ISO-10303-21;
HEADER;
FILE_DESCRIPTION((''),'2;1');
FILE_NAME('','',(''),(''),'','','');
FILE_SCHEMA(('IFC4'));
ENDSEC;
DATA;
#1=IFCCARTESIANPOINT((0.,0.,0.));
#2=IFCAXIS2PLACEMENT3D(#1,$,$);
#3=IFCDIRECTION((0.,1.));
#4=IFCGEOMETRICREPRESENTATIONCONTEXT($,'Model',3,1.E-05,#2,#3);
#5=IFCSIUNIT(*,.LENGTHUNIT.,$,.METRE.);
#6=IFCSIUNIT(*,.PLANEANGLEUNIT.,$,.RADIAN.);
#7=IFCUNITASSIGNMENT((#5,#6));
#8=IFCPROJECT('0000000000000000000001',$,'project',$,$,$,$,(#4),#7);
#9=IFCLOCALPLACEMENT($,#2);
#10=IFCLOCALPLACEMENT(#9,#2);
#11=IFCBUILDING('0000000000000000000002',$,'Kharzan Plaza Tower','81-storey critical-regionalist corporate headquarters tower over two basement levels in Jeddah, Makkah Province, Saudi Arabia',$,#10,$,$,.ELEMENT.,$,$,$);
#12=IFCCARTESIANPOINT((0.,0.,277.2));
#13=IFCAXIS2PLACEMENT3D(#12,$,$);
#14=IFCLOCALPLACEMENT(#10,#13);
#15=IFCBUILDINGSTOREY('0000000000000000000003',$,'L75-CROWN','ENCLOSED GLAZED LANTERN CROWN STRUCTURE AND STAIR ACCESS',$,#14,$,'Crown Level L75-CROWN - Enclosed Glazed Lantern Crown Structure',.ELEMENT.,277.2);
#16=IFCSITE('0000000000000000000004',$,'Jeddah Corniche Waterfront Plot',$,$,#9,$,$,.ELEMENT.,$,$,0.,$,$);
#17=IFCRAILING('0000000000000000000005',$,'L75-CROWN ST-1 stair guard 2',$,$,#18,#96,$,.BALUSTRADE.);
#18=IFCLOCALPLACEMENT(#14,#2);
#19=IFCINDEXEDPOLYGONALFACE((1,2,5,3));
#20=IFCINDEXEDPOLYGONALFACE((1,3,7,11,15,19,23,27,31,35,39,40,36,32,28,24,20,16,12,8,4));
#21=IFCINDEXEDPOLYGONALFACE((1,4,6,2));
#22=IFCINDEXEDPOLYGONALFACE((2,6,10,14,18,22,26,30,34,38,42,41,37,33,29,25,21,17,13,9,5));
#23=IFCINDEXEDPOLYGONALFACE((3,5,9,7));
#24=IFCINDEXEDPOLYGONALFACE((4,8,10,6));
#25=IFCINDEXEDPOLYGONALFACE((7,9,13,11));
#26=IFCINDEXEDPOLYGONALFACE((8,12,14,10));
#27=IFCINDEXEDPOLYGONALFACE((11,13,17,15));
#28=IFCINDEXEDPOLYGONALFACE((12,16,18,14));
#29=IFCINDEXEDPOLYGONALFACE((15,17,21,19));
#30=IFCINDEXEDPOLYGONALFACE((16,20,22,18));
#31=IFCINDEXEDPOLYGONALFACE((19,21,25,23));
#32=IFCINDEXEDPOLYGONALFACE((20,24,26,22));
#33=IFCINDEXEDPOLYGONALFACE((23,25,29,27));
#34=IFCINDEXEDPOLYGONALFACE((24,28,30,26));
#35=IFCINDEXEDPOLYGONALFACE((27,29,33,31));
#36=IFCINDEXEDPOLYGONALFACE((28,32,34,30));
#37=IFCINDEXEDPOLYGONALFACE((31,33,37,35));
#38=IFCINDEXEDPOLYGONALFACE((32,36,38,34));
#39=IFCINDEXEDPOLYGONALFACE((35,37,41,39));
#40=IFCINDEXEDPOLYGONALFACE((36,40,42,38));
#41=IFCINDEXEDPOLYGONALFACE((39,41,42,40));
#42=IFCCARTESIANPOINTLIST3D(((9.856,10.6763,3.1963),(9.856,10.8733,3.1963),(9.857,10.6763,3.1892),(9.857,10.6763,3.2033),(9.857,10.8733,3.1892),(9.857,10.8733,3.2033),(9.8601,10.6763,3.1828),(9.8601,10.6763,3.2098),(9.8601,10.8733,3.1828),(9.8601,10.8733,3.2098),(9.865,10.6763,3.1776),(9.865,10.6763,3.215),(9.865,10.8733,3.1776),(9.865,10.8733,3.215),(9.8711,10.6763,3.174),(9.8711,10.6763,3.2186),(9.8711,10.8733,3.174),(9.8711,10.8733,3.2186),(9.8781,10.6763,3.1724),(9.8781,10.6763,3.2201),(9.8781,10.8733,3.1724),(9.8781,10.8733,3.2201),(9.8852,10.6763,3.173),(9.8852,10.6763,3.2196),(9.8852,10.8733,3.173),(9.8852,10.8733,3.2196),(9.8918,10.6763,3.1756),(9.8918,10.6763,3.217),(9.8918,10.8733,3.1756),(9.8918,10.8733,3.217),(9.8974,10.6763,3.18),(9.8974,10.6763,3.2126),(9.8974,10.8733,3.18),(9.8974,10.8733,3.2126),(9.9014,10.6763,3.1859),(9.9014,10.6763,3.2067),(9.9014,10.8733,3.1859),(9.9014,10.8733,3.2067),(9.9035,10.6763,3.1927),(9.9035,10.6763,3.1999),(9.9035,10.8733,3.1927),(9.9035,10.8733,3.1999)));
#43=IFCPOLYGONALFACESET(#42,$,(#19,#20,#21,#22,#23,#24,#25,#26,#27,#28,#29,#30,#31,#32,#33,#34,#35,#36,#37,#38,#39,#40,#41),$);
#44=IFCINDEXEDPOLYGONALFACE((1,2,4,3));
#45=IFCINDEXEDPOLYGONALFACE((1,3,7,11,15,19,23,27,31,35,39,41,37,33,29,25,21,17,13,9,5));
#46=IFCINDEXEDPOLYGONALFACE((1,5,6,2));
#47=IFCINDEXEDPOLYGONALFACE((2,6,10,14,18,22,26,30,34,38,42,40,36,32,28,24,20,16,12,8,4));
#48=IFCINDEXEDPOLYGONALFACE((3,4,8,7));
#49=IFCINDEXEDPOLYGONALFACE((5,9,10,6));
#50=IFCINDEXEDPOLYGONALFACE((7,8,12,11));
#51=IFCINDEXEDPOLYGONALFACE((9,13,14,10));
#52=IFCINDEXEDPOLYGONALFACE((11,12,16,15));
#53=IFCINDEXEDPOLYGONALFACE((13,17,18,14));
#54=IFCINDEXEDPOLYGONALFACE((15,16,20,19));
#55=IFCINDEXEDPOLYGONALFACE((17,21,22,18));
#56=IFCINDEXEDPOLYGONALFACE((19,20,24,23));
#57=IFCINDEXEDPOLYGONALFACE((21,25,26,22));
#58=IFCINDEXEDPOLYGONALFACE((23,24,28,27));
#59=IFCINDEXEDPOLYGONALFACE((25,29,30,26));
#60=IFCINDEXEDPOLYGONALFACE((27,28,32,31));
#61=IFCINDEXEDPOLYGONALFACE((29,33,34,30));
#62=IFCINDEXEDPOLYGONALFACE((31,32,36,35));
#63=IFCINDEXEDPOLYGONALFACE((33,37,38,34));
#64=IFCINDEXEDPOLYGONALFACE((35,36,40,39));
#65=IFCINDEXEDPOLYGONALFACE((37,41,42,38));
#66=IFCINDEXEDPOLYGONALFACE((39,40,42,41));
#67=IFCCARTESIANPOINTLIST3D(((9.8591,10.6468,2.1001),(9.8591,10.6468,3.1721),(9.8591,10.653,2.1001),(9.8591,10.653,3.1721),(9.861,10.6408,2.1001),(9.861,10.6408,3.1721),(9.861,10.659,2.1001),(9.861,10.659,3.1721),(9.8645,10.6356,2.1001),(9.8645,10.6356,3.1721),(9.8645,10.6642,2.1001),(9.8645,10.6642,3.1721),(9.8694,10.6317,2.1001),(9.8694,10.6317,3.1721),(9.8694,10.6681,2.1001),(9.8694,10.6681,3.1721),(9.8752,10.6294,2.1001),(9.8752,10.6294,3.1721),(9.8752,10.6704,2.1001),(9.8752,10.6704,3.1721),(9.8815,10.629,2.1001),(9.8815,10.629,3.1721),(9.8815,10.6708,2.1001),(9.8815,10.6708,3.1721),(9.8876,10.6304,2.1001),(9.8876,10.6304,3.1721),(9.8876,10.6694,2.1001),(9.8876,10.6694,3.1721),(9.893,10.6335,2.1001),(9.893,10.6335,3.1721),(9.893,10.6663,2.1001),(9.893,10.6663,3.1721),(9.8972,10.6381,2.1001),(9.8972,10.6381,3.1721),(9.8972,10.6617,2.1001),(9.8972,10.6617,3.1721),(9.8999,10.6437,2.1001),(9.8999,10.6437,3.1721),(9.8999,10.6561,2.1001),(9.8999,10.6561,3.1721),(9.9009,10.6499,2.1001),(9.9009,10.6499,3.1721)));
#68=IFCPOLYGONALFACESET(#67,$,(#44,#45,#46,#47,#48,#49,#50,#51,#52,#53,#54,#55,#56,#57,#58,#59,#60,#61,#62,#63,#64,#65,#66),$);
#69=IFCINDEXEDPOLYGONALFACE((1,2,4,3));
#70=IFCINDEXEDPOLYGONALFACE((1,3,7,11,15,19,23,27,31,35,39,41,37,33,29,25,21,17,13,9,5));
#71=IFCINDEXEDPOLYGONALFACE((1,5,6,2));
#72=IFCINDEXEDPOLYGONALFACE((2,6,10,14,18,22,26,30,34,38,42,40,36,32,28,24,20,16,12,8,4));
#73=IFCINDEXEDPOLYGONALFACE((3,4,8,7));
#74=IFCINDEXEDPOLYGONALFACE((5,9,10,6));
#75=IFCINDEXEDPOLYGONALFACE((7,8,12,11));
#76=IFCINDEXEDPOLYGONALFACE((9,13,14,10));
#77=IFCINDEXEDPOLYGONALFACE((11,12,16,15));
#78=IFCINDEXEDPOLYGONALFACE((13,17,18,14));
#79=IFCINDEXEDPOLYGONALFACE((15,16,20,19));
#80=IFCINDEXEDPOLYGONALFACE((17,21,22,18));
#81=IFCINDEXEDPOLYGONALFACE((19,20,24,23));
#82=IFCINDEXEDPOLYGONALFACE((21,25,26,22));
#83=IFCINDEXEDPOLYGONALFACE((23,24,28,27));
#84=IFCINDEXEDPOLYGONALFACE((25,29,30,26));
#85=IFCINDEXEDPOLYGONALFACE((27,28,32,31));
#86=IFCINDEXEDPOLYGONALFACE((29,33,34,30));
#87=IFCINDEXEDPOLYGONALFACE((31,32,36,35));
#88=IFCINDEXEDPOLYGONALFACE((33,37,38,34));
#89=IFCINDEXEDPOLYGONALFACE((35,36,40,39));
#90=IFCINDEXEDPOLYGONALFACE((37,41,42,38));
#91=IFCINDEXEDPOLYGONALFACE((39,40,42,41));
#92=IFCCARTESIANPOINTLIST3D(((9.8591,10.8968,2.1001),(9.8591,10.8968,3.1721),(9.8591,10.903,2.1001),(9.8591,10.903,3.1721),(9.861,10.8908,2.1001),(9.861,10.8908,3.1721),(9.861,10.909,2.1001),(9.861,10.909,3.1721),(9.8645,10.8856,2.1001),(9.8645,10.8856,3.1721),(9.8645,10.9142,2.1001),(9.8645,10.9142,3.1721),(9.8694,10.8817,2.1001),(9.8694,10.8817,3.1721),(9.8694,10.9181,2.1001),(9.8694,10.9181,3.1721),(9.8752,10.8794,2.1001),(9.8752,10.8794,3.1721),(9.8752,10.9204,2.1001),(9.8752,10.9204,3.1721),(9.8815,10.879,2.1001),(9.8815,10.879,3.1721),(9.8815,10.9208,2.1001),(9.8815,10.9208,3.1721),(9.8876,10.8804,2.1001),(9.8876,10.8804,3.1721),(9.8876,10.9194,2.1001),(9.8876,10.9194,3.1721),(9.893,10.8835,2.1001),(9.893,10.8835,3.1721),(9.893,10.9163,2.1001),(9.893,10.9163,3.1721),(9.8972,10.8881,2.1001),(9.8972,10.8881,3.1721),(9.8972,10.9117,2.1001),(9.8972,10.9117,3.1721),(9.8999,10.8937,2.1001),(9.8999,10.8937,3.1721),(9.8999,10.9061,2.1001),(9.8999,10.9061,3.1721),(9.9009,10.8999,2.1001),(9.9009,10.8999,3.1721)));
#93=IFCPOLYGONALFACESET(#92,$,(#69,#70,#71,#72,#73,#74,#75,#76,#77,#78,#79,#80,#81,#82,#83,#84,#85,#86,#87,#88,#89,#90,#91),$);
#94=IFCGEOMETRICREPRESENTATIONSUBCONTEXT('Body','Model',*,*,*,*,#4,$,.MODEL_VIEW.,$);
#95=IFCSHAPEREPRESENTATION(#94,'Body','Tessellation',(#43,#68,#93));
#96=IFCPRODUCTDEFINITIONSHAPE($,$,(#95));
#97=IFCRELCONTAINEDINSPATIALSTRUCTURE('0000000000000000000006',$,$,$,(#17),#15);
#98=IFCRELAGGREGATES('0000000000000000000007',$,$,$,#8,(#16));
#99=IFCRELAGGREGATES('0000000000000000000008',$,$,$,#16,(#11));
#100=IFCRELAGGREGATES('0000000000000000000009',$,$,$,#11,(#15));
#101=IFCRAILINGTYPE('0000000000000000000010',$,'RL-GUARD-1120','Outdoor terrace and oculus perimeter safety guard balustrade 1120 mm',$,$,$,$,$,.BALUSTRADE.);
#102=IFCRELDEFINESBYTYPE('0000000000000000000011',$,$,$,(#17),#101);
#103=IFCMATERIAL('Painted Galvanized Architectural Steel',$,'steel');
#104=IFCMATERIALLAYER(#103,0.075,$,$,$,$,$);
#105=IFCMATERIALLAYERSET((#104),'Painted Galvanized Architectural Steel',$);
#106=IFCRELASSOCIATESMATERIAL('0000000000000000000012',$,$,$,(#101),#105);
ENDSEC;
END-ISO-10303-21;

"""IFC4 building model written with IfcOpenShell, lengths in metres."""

from ifc_helpers import new_model, si_unit, direction, frame, origin, origin_2d, place, context, subcontext, project, spatial, circle, extrude, source, transform, mapped, material, layer, layer_set, type_object, element, save


model = new_model("IFC4")

# Units and contexts
model_context = context("Model", 3, precision=1e-05, world=origin(), true_north=direction((0.0, 1.0)))
body_context = subcontext(model_context, "Body", "Model", "MODEL_VIEW")
ifc_project = project(units=[si_unit("LENGTHUNIT", "METRE"), si_unit("PLANEANGLEUNIT", "RADIAN")], contexts=[model_context])

# Site, building, storey
site_placement = place(None, origin())
site = spatial("IfcSite", under=ifc_project, at=site_placement, Name="Jeddah Corniche Waterfront Plot", CompositionType="ELEMENT", RefElevation=0.0)
building_placement = place(site_placement, origin())
building = spatial("IfcBuilding", under=site, at=building_placement, Name="Kharzan Plaza Tower", Description="81-storey critical-regionalist corporate headquarters tower over two basement levels in Jeddah, Makkah Province, Saudi Arabia", CompositionType="ELEMENT")
storey_placement = place(building_placement, frame((0.0, 0.0, 277.2)))
storey = spatial("IfcBuildingStorey", under=building, at=storey_placement, Name="L75-CROWN", Description="ENCLOSED GLAZED LANTERN CROWN STRUCTURE AND STAIR ACCESS", LongName="Crown Level L75-CROWN - Enclosed Glazed Lantern Crown Structure", CompositionType="ELEMENT", Elevation=277.2)

# Railing
ifc_material_1 = material(Name="Painted Galvanized Architectural Steel", Category="steel")
ifc_layer_1 = layer(ifc_material_1, 0.075)
ifc_layer_set_1 = layer_set([ifc_layer_1], Name="Painted Galvanized Architectural Steel")
railing_type = type_object("IfcRailingType", Name="RL-GUARD-1120", Description="Outdoor terrace and oculus perimeter safety guard balustrade 1120 mm", PredefinedType="BALUSTRADE", material=ifc_layer_set_1)
shared_shape_1 = source(origin(), body_context, "Body", "SweptSolid", [
    extrude(circle(Radius=0.0239, at=origin_2d()), frame((0.0, 0.0264, 1.0962), z_axis=(0.0, 1.0, 0.0), x_axis=(-1.0, 0.0, 0.0)), (0.0, 0.0, 1.0), 0.197),
    extrude(circle(Radius=0.021, at=origin_2d()), origin(), (0.0, 0.0, 1.0), 1.072),
    extrude(circle(Radius=0.021, at=origin_2d()), frame((0.0, 0.25, 0.0)), (0.0, 0.0, 1.0), 1.072),
])
railing_placement = place(storey_placement, frame((9.8799, 10.6499, 2.1001)))
element("IfcRailing", 1, at=railing_placement, inside=storey, type_object=railing_type, Name="L75-CROWN ST-1 stair guard 2", PredefinedType="BALUSTRADE", context=body_context, shape_type="MappedRepresentation", body=[
    mapped(shared_shape_1, transform((0.0, 0.0, 0.0), x_axis=(1.0, 0.0, 0.0), y_axis=(0.0, 1.0, 0.0), z_axis=(0.0, 0.0, 1.0))),
])

save(model, "model.ifc")
